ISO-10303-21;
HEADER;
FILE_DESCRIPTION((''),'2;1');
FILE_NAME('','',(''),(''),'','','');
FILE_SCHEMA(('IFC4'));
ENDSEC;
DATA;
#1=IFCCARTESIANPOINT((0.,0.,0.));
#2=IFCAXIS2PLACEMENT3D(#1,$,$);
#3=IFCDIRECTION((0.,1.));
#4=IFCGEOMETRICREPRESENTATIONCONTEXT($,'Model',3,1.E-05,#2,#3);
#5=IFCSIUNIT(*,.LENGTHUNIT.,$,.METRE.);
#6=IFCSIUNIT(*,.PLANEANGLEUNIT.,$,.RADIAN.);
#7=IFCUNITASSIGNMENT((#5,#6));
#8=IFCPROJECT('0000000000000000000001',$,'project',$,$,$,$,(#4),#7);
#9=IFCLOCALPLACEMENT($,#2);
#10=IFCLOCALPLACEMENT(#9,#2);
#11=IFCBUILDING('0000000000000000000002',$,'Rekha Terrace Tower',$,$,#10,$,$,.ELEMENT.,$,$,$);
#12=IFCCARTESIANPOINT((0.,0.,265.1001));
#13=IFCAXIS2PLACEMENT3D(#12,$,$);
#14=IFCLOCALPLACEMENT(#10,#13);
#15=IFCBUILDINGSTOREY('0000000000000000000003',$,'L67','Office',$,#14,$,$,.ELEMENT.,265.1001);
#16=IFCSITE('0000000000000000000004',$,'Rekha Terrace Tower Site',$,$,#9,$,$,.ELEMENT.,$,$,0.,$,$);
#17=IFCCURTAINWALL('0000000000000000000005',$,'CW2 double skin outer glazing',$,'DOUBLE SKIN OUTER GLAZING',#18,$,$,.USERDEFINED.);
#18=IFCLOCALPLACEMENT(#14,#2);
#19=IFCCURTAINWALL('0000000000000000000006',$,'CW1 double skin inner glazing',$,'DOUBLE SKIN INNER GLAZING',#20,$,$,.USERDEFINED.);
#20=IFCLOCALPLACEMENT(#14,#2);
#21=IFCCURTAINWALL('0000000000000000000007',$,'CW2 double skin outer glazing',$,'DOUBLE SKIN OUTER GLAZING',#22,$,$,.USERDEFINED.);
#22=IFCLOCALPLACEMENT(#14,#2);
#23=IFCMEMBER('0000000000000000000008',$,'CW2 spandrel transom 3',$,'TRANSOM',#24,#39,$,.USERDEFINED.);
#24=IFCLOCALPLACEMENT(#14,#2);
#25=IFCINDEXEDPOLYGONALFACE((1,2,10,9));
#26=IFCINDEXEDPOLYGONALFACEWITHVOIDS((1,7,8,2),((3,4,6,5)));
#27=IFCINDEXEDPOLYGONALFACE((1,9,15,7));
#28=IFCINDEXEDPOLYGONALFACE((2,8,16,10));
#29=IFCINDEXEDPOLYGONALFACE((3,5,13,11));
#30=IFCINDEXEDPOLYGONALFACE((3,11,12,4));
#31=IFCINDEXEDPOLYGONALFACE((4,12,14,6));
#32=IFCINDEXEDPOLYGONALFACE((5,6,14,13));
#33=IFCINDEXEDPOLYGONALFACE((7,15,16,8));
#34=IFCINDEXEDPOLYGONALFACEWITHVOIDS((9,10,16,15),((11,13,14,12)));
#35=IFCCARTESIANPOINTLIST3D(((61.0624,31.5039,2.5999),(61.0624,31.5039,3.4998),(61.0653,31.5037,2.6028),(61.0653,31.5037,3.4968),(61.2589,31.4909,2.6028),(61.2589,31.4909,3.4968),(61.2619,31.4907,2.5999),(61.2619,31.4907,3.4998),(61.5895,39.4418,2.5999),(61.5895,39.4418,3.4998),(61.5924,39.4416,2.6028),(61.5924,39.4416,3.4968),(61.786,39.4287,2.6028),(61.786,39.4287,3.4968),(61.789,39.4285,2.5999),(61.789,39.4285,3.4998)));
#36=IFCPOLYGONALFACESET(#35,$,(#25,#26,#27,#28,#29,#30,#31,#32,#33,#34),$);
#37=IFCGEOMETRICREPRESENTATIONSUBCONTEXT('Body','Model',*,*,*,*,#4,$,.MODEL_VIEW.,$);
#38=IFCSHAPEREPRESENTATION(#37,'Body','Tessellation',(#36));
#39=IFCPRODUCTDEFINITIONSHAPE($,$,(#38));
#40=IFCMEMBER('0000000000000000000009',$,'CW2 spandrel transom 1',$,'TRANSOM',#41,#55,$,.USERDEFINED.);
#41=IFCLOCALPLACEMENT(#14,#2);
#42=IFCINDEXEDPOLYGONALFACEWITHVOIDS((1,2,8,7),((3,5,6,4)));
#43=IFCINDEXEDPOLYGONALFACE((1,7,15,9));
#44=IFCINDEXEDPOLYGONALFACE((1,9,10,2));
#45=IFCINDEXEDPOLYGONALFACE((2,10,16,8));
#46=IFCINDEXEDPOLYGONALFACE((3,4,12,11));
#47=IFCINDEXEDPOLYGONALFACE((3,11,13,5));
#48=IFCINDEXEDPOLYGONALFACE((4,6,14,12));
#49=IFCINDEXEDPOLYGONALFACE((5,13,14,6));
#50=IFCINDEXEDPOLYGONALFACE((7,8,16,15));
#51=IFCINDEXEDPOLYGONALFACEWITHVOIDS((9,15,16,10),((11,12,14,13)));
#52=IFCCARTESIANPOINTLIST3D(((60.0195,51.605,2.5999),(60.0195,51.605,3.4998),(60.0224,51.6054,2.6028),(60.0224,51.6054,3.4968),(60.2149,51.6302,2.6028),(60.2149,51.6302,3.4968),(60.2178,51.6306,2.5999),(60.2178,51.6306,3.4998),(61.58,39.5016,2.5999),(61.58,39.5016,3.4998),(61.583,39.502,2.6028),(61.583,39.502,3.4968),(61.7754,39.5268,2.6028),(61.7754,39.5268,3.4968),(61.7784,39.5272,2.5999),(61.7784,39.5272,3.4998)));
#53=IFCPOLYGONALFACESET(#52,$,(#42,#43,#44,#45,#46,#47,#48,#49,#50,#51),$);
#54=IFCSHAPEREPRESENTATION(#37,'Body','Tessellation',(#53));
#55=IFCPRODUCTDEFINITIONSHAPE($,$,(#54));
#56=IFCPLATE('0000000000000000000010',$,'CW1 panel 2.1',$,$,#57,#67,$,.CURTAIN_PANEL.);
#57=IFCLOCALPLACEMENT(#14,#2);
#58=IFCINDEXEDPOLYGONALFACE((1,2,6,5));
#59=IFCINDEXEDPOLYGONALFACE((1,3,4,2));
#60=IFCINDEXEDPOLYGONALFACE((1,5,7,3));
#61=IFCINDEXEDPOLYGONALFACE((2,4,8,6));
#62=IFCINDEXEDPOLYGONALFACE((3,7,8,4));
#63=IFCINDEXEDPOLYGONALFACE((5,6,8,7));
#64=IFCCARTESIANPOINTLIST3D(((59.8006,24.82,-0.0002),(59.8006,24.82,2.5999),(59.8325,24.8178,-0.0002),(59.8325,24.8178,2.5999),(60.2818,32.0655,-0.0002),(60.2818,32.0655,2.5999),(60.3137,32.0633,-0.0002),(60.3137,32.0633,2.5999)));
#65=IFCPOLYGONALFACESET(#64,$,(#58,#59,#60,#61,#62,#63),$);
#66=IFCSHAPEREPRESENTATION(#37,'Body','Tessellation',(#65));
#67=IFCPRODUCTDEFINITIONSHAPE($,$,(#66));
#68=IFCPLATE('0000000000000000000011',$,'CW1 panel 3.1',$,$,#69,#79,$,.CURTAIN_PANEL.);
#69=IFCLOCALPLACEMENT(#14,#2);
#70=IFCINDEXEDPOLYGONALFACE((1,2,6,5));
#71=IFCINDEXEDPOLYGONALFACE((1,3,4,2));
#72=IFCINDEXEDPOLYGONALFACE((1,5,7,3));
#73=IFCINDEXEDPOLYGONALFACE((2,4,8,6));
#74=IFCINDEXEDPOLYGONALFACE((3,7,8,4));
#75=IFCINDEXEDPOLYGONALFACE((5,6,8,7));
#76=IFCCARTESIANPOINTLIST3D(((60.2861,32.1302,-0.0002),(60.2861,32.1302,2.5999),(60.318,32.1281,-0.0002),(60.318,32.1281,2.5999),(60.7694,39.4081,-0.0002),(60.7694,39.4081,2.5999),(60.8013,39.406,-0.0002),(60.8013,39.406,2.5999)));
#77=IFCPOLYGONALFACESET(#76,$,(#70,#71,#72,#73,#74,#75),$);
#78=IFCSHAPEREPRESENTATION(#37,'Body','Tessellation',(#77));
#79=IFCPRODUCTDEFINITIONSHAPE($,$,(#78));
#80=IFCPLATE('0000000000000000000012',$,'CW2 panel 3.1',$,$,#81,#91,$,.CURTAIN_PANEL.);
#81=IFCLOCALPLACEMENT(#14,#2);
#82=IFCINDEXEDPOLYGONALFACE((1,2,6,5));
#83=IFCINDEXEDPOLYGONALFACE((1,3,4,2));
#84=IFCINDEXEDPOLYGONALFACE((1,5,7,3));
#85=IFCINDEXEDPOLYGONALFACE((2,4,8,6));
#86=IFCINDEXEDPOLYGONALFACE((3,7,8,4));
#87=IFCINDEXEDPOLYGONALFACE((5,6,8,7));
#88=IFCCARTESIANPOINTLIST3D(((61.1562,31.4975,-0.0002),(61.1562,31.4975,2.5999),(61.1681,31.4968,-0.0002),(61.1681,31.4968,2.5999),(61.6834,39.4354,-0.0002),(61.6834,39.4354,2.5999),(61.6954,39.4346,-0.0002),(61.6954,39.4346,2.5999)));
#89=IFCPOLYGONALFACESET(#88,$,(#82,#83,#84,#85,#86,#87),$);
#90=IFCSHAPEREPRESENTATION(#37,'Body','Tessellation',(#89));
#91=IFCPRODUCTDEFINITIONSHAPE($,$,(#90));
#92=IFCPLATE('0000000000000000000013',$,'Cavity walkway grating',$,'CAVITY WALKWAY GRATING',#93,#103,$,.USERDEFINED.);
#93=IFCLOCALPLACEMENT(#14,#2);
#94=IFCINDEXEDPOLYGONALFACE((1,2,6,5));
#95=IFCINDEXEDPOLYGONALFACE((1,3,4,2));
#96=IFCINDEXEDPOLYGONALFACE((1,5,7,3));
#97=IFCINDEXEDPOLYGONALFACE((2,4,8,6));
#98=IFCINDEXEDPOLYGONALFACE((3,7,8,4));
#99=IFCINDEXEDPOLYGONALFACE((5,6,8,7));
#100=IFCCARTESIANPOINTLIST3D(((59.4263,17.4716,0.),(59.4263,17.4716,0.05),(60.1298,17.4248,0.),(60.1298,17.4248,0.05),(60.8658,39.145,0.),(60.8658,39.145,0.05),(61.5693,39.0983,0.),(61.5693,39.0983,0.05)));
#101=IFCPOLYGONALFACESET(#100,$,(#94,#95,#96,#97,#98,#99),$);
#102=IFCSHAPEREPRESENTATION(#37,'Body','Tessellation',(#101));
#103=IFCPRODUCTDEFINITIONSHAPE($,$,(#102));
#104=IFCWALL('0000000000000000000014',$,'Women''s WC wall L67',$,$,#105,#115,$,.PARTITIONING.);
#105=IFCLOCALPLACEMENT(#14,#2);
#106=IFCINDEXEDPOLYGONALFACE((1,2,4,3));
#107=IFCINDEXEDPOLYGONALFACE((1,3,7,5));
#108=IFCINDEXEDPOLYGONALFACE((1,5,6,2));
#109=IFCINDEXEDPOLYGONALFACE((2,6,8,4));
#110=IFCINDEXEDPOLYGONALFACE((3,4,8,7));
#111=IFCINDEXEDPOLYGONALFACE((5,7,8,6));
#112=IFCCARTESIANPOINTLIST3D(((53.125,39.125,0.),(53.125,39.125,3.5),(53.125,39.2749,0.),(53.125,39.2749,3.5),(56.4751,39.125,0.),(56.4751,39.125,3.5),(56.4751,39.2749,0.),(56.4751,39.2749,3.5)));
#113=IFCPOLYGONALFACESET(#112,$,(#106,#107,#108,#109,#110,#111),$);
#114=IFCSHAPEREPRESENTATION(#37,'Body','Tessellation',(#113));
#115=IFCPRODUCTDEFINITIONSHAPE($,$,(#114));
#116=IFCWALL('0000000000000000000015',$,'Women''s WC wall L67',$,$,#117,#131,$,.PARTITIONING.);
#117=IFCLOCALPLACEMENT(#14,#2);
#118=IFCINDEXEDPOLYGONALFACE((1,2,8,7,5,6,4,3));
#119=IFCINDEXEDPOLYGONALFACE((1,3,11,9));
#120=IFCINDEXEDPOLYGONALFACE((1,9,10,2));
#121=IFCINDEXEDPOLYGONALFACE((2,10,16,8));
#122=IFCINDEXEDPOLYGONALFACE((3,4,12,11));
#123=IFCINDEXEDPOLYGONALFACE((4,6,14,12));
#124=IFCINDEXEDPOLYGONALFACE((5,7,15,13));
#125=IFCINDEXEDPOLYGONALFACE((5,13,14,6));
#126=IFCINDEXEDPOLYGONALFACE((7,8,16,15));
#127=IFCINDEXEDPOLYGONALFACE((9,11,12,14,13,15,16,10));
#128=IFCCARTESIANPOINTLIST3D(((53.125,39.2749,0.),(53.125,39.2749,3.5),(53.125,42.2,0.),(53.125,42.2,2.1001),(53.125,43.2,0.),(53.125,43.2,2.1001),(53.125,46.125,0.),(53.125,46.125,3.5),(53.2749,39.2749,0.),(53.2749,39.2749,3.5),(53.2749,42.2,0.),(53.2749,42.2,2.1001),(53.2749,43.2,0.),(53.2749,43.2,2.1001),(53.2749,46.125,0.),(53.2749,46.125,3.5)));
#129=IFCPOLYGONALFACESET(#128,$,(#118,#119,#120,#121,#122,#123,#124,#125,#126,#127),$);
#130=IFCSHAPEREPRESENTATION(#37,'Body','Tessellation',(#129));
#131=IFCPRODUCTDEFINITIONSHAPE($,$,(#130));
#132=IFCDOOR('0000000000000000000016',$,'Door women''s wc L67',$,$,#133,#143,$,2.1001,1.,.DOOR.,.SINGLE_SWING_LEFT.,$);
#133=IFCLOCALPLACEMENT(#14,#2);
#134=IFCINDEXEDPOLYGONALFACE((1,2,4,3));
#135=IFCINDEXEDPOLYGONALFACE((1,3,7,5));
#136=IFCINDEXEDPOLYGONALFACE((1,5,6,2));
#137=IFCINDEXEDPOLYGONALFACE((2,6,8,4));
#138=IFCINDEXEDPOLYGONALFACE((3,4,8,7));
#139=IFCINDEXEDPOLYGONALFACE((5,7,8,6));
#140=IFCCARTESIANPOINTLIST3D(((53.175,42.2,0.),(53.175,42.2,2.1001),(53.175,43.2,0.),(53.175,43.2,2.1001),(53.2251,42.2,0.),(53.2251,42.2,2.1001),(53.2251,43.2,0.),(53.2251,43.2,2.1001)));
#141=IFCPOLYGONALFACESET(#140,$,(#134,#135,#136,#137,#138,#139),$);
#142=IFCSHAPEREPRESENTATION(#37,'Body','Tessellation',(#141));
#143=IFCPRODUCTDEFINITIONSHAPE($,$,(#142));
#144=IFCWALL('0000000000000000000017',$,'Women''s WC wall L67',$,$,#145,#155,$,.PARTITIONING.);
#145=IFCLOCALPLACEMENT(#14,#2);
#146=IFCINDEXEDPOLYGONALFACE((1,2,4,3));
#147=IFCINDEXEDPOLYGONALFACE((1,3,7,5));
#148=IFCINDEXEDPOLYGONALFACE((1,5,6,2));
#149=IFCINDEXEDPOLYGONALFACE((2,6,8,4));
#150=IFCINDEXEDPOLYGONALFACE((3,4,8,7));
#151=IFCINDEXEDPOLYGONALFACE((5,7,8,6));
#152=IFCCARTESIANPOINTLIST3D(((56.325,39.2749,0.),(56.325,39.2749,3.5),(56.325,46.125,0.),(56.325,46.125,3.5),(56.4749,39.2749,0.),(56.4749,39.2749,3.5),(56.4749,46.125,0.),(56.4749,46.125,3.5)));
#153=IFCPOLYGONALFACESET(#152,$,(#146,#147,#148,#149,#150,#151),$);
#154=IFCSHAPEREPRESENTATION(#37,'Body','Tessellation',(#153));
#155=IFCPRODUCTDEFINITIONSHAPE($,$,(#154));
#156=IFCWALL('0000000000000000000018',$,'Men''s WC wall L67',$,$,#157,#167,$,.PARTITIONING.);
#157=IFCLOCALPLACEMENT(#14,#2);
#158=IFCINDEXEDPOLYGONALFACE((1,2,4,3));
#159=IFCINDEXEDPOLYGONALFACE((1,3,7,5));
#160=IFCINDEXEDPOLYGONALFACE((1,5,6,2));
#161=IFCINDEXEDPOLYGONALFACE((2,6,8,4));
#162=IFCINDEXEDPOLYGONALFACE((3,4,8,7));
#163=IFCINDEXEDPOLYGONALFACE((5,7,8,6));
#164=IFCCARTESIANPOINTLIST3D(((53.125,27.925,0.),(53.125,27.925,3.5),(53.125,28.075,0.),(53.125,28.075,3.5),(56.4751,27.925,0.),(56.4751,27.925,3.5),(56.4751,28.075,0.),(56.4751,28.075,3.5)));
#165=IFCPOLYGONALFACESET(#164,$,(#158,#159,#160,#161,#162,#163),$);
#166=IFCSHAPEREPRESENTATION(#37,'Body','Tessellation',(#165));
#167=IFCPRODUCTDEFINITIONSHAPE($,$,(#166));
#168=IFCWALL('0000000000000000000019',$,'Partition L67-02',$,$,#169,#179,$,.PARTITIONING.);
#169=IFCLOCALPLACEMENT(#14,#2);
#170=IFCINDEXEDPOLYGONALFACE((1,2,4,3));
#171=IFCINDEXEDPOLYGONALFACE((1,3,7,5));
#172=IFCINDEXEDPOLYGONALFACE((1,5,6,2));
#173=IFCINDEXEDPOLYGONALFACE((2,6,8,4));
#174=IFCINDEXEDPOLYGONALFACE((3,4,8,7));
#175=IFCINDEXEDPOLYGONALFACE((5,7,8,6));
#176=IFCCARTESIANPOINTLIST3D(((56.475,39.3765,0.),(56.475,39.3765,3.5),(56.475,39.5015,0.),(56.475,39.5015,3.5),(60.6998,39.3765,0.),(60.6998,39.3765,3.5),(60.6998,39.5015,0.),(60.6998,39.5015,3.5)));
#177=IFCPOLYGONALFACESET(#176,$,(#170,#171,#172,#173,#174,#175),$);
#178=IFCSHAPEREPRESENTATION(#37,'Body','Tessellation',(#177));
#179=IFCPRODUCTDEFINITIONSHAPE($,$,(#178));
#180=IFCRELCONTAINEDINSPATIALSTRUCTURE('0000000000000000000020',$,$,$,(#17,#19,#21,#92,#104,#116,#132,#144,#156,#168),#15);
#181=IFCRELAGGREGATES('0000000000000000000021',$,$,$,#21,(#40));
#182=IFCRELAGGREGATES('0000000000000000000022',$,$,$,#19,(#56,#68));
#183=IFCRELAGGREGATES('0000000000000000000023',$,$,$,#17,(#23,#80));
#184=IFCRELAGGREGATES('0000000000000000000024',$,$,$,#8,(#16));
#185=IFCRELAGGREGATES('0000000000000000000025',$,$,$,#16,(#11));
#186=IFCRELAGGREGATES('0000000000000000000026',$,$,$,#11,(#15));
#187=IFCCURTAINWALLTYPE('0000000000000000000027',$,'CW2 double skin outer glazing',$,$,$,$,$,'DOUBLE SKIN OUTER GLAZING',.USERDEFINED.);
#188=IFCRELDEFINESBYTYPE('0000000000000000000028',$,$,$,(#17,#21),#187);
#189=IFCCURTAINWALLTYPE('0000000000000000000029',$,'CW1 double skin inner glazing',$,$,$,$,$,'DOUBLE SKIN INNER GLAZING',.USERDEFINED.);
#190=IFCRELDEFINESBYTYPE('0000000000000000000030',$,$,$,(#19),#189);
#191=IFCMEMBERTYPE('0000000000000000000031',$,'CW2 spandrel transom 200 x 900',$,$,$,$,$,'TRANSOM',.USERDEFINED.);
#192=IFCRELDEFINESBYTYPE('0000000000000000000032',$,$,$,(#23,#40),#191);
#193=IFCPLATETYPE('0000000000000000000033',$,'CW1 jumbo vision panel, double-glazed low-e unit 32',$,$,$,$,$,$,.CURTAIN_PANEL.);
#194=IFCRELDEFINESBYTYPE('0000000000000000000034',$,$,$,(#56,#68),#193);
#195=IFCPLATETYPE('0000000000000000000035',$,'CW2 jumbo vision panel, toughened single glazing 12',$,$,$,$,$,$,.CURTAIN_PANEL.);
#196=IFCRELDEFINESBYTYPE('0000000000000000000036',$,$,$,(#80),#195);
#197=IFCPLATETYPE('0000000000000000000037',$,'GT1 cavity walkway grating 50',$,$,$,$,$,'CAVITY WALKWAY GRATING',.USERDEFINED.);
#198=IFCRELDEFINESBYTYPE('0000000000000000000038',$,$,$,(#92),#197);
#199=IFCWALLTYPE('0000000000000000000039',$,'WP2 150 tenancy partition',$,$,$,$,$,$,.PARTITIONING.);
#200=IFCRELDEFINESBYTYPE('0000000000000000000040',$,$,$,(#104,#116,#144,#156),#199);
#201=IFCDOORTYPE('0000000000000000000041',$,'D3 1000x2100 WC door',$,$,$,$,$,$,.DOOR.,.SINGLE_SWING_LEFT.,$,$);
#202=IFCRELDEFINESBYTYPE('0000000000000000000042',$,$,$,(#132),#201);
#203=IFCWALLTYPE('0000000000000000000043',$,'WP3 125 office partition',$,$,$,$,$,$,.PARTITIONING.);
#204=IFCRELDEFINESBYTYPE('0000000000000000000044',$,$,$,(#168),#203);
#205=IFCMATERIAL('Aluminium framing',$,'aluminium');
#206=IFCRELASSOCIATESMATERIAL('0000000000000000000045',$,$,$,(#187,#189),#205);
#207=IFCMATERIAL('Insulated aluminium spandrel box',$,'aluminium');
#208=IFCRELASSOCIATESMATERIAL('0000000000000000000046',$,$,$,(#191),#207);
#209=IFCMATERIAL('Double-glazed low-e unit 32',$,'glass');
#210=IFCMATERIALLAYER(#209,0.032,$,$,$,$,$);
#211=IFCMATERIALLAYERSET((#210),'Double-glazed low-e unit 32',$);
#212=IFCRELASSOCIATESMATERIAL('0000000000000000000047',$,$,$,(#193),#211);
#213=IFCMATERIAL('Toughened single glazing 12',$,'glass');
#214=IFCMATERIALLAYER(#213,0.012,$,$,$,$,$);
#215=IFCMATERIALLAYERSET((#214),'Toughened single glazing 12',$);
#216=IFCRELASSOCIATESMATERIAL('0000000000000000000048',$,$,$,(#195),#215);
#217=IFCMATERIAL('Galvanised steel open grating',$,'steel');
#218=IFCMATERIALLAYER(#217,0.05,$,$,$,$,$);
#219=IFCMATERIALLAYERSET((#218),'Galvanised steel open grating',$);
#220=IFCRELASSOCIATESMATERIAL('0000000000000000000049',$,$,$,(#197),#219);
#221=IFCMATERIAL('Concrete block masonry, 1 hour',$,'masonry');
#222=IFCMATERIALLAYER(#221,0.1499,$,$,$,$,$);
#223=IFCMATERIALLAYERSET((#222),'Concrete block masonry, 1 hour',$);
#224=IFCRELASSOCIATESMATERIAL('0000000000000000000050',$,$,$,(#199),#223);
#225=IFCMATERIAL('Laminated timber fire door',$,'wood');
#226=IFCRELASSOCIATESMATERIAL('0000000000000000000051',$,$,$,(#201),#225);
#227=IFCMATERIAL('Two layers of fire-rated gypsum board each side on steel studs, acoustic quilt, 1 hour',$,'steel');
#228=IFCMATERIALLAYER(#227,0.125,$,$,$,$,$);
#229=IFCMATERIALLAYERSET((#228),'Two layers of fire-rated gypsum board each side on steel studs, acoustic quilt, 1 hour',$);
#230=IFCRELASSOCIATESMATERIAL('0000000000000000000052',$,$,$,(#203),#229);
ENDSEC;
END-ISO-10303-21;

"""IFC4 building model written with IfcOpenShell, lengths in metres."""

from ifc_helpers import new_model, si_unit, direction, frame, frame_2d, origin, origin_2d, place, context, subcontext, project, spatial, rectangle, hollow_rectangle, extrude, material, layer, layer_set, material_profile, profile_set, type_object, element, fill, aggregate, save


model = new_model("IFC4")

# Units and contexts
model_context = context("Model", 3, precision=1e-05, world=origin(), true_north=direction((0.0, 1.0)))
body_context = subcontext(model_context, "Body", "Model", "MODEL_VIEW")
ifc_project = project(units=[si_unit("LENGTHUNIT", "METRE"), si_unit("PLANEANGLEUNIT", "RADIAN")], contexts=[model_context])

# Site, building, storey
site_placement = place(None, origin())
site = spatial("IfcSite", under=ifc_project, at=site_placement, Name="Rekha Terrace Tower Site", CompositionType="ELEMENT", RefElevation=0.0)
building_placement = place(site_placement, origin())
building = spatial("IfcBuilding", under=site, at=building_placement, Name="Rekha Terrace Tower", CompositionType="ELEMENT")
storey_placement = place(building_placement, frame((0.0, 0.0, 265.1001)))
storey = spatial("IfcBuildingStorey", under=building, at=storey_placement, Name="L67", Description="Office", CompositionType="ELEMENT", Elevation=265.1001)

# Curtain walls
ifc_material_1 = material(Name="Aluminium framing", Category="aluminium")
curtain_wall_type_1 = type_object("IfcCurtainWallType", Name="CW2 double skin outer glazing", ElementType="DOUBLE SKIN OUTER GLAZING", PredefinedType="USERDEFINED", material=ifc_material_1)
curtain_wall_1_placement = place(storey_placement, origin())
curtain_wall_1 = element("IfcCurtainWall", 1, at=curtain_wall_1_placement, inside=storey, type_object=curtain_wall_type_1, Name="CW2 double skin outer glazing", ObjectType="DOUBLE SKIN OUTER GLAZING", PredefinedType="USERDEFINED")
curtain_wall_type_2 = type_object("IfcCurtainWallType", Name="CW1 double skin inner glazing", ElementType="DOUBLE SKIN INNER GLAZING", PredefinedType="USERDEFINED", material=ifc_material_1)
curtain_wall_2_placement = place(storey_placement, origin())
curtain_wall_2 = element("IfcCurtainWall", 2, at=curtain_wall_2_placement, inside=storey, type_object=curtain_wall_type_2, Name="CW1 double skin inner glazing", ObjectType="DOUBLE SKIN INNER GLAZING", PredefinedType="USERDEFINED")

# Shared definitions
ifc_material_2 = material(Name="Insulated aluminium spandrel box", Category="aluminium")

# Curtain wall
curtain_wall_3_placement = place(storey_placement, origin())
curtain_wall_3 = element("IfcCurtainWall", 3, at=curtain_wall_3_placement, inside=storey, type_object=curtain_wall_type_1, Name="CW2 double skin outer glazing", ObjectType="DOUBLE SKIN OUTER GLAZING", PredefinedType="USERDEFINED")

# Members
ifc_material_profile_1 = material_profile(ifc_material_2, hollow_rectangle(XDim=0.2, YDim=0.8999, WallThickness=0.0029, at=origin_2d()), Name="AL SPANDREL BOX 200x900")
ifc_profile_set_1 = profile_set([ifc_material_profile_1], Name="Insulated aluminium spandrel box")
member_type_1 = type_object("IfcMemberType", Name="CW2 spandrel transom 200 x 900", ElementType="TRANSOM", PredefinedType="USERDEFINED", material=ifc_profile_set_1)
member_1_placement = place(storey_placement, frame((61.1621, 31.4973, 3.0498), z_axis=(0.066258, 0.997803, 0.0), x_axis=(-0.997803, 0.066258, 0.0)))
member_1 = element("IfcMember", 4, at=member_1_placement, type_object=member_type_1, Name="CW2 spandrel transom 3", ObjectType="TRANSOM", PredefinedType="USERDEFINED", context=body_context, shape_type="SweptSolid", body=[
    extrude(hollow_rectangle(XDim=0.2, YDim=0.8999, WallThickness=0.0029, at=origin_2d()), origin(), (0.0, 0.0, 1.0), 7.9553),
])
member_2_placement = place(storey_placement, frame((61.6792, 39.5144, 3.0498), z_axis=(-0.127875, 0.99179, 0.0), x_axis=(-0.99179, -0.127875, 0.0)))
member_2 = element("IfcMember", 5, at=member_2_placement, type_object=member_type_1, Name="CW2 spandrel transom 1", ObjectType="TRANSOM", PredefinedType="USERDEFINED", context=body_context, shape_type="SweptSolid", body=[
    extrude(hollow_rectangle(XDim=0.2, YDim=0.8999, WallThickness=0.0029, at=origin_2d()), origin(), (0.0, 0.0, 1.0), 12.2036),
])
aggregate(curtain_wall_3, [member_2])

# Plates
ifc_material_3 = material(Name="Double-glazed low-e unit 32", Category="glass")
ifc_layer_1 = layer(ifc_material_3, 0.032)
ifc_layer_set_1 = layer_set([ifc_layer_1], Name="Double-glazed low-e unit 32")
plate_type_1 = type_object("IfcPlateType", Name="CW1 jumbo vision panel, double-glazed low-e unit 32", PredefinedType="CURTAIN_PANEL", material=ifc_layer_set_1)
plate_1_placement = place(storey_placement, frame((60.0571, 28.4417, -0.0002), z_axis=(0.0, 0.0, 1.0), x_axis=(0.066272, 0.997802, 0.0)))
plate_1 = element("IfcPlate", 6, at=plate_1_placement, type_object=plate_type_1, Name="CW1 panel 2.1", PredefinedType="CURTAIN_PANEL", context=body_context, shape_type="SweptSolid", body=[
    extrude(rectangle(XDim=7.2615, YDim=0.032, at=origin_2d()), origin(), (0.0, 0.0, 1.0), 2.6001),
])
plate_2_placement = place(storey_placement, frame((60.5437, 35.7681, -0.0002), z_axis=(0.0, 0.0, 1.0), x_axis=(0.066272, 0.997802, 0.0)))
plate_2 = element("IfcPlate", 7, at=plate_2_placement, type_object=plate_type_1, Name="CW1 panel 3.1", PredefinedType="CURTAIN_PANEL", context=body_context, shape_type="SweptSolid", body=[
    extrude(rectangle(XDim=7.2939, YDim=0.032, at=origin_2d()), origin(), (0.0, 0.0, 1.0), 2.6001),
])
aggregate(curtain_wall_2, [plate_1, plate_2])
ifc_material_4 = material(Name="Toughened single glazing 12", Category="glass")
ifc_layer_2 = layer(ifc_material_4, 0.012)
ifc_layer_set_2 = layer_set([ifc_layer_2], Name="Toughened single glazing 12")
plate_type_2 = type_object("IfcPlateType", Name="CW2 jumbo vision panel, toughened single glazing 12", PredefinedType="CURTAIN_PANEL", material=ifc_layer_set_2)
plate_3_placement = place(storey_placement, frame((61.4258, 35.4661, -0.0002), z_axis=(0.0, 0.0, 1.0), x_axis=(0.066272, 0.997802, 0.0)))
plate_3 = element("IfcPlate", 8, at=plate_3_placement, type_object=plate_type_2, Name="CW2 panel 3.1", PredefinedType="CURTAIN_PANEL", context=body_context, shape_type="SweptSolid", body=[
    extrude(rectangle(XDim=7.9553, YDim=0.012, at=origin_2d()), origin(), (0.0, 0.0, 1.0), 2.6001),
])
aggregate(curtain_wall_1, [member_1, plate_3])
ifc_material_5 = material(Name="Galvanised steel open grating", Category="steel")
ifc_layer_3 = layer(ifc_material_5, 0.05)
ifc_layer_set_3 = layer_set([ifc_layer_3], Name="Galvanised steel open grating")
plate_type_3 = type_object("IfcPlateType", Name="GT1 cavity walkway grating 50", ElementType="CAVITY WALKWAY GRATING", PredefinedType="USERDEFINED", material=ifc_layer_set_3)
plate_4_placement = place(storey_placement, frame((60.4978, 28.2849, 0.0), z_axis=(0.0, 0.0, 1.0), x_axis=(0.066272, 0.997802, 0.0)))
element("IfcPlate", 9, at=plate_4_placement, inside=storey, type_object=plate_type_3, Name="Cavity walkway grating", ObjectType="CAVITY WALKWAY GRATING", PredefinedType="USERDEFINED", context=body_context, shape_type="SweptSolid", body=[
    extrude(rectangle(XDim=21.7212, YDim=0.7051, at=origin_2d()), origin(), (0.0, 0.0, 1.0), 0.05),
])

# Wall
ifc_material_6 = material(Name="Concrete block masonry, 1 hour", Category="masonry")
ifc_layer_4 = layer(ifc_material_6, 0.1499)
ifc_layer_set_4 = layer_set([ifc_layer_4], Name="Concrete block masonry, 1 hour")
wall_type_1 = type_object("IfcWallType", Name="WP2 150 tenancy partition", PredefinedType="PARTITIONING", material=ifc_layer_set_4)
wall_1_placement = place(storey_placement, frame((53.125, 39.2, 0.0), z_axis=(0.0, 0.0, 1.0), x_axis=(1.0, 0.0, 0.0)))
element("IfcWall", 10, at=wall_1_placement, inside=storey, type_object=wall_type_1, Name="Women's WC wall L67", PredefinedType="PARTITIONING", context=body_context, shape_type="SweptSolid", body=[
    extrude(rectangle(XDim=3.3501, YDim=0.1499, at=frame_2d((1.675, 0.0))), origin(), (0.0, 0.0, 1.0), 3.5),
])

# Wall, opening, door
wall_2_placement = place(storey_placement, frame((53.2, 39.2749, 0.0), z_axis=(0.0, 0.0, 1.0), x_axis=(0.0, 1.0, 0.0)))
wall_2 = element("IfcWall", 11, at=wall_2_placement, inside=storey, type_object=wall_type_1, Name="Women's WC wall L67", PredefinedType="PARTITIONING", context=body_context, shape_type="SweptSolid", body=[
    extrude(rectangle(XDim=6.8501, YDim=0.1499, at=frame_2d((3.425, 0.0))), origin(), (0.0, 0.0, 1.0), 3.5),
])
opening_placement = place(wall_2_placement, frame((2.925, 0.0, 0.0)))
opening = element("IfcOpeningElement", 12, at=opening_placement, cuts=wall_2, PredefinedType="OPENING", context=body_context, shape_type="SweptSolid", body=[
    extrude(rectangle(XDim=1.0, YDim=2.1001, at=frame_2d((0.5, 1.05))), frame((0.0, 0.085, 0.0), z_axis=(0.0, -1.0, 0.0), x_axis=(1.0, 0.0, 0.0)), (0.0, 0.0, 1.0), 0.1699),
])
ifc_material_7 = material(Name="Laminated timber fire door", Category="wood")
door_type = type_object("IfcDoorType", Name="D3 1000x2100 WC door", OperationType="SINGLE_SWING_LEFT", PredefinedType="DOOR", material=ifc_material_7)
door_placement = place(opening_placement, origin())
door = element("IfcDoor", 13, at=door_placement, inside=storey, type_object=door_type, Name="Door women's wc L67", OperationType="SINGLE_SWING_LEFT", OverallHeight=2.1001, OverallWidth=1.0, PredefinedType="DOOR", context=body_context, shape_type="SweptSolid", body=[
    extrude(rectangle(XDim=1.0, YDim=2.1001, at=frame_2d((0.5, 1.05))), frame((0.0, 0.0249, 0.0), z_axis=(0.0, -1.0, 0.0), x_axis=(1.0, 0.0, 0.0)), (0.0, 0.0, 1.0), 0.05),
])
fill(opening, door)

# Walls
wall_3_placement = place(storey_placement, frame((56.3999, 39.2749, 0.0), z_axis=(0.0, 0.0, 1.0), x_axis=(0.0, 1.0, 0.0)))
element("IfcWall", 14, at=wall_3_placement, inside=storey, type_object=wall_type_1, Name="Women's WC wall L67", PredefinedType="PARTITIONING", context=body_context, shape_type="SweptSolid", body=[
    extrude(rectangle(XDim=6.8501, YDim=0.1499, at=frame_2d((3.425, 0.0))), origin(), (0.0, 0.0, 1.0), 3.5),
])
wall_4_placement = place(storey_placement, frame((53.125, 28.0, 0.0), z_axis=(0.0, 0.0, 1.0), x_axis=(1.0, 0.0, 0.0)))
element("IfcWall", 15, at=wall_4_placement, inside=storey, type_object=wall_type_1, Name="Men's WC wall L67", PredefinedType="PARTITIONING", context=body_context, shape_type="SweptSolid", body=[
    extrude(rectangle(XDim=3.3501, YDim=0.1499, at=frame_2d((1.675, 0.0))), origin(), (0.0, 0.0, 1.0), 3.5),
])
ifc_material_8 = material(Name="Two layers of fire-rated gypsum board each side on steel studs, acoustic quilt, 1 hour", Category="steel")
ifc_layer_5 = layer(ifc_material_8, 0.125)
ifc_layer_set_5 = layer_set([ifc_layer_5], Name="Two layers of fire-rated gypsum board each side on steel studs, acoustic quilt, 1 hour")
wall_type_2 = type_object("IfcWallType", Name="WP3 125 office partition", PredefinedType="PARTITIONING", material=ifc_layer_set_5)
wall_5_placement = place(storey_placement, frame((56.4751, 39.439, 0.0), z_axis=(0.0, 0.0, 1.0), x_axis=(1.0, 0.0, 0.0)))
element("IfcWall", 16, at=wall_5_placement, inside=storey, type_object=wall_type_2, Name="Partition L67-02", PredefinedType="PARTITIONING", context=body_context, shape_type="SweptSolid", body=[
    extrude(rectangle(XDim=4.2249, YDim=0.125, at=frame_2d((2.1123, 0.0))), origin(), (0.0, 0.0, 1.0), 3.5),
])

save(model, "model.ifc")
